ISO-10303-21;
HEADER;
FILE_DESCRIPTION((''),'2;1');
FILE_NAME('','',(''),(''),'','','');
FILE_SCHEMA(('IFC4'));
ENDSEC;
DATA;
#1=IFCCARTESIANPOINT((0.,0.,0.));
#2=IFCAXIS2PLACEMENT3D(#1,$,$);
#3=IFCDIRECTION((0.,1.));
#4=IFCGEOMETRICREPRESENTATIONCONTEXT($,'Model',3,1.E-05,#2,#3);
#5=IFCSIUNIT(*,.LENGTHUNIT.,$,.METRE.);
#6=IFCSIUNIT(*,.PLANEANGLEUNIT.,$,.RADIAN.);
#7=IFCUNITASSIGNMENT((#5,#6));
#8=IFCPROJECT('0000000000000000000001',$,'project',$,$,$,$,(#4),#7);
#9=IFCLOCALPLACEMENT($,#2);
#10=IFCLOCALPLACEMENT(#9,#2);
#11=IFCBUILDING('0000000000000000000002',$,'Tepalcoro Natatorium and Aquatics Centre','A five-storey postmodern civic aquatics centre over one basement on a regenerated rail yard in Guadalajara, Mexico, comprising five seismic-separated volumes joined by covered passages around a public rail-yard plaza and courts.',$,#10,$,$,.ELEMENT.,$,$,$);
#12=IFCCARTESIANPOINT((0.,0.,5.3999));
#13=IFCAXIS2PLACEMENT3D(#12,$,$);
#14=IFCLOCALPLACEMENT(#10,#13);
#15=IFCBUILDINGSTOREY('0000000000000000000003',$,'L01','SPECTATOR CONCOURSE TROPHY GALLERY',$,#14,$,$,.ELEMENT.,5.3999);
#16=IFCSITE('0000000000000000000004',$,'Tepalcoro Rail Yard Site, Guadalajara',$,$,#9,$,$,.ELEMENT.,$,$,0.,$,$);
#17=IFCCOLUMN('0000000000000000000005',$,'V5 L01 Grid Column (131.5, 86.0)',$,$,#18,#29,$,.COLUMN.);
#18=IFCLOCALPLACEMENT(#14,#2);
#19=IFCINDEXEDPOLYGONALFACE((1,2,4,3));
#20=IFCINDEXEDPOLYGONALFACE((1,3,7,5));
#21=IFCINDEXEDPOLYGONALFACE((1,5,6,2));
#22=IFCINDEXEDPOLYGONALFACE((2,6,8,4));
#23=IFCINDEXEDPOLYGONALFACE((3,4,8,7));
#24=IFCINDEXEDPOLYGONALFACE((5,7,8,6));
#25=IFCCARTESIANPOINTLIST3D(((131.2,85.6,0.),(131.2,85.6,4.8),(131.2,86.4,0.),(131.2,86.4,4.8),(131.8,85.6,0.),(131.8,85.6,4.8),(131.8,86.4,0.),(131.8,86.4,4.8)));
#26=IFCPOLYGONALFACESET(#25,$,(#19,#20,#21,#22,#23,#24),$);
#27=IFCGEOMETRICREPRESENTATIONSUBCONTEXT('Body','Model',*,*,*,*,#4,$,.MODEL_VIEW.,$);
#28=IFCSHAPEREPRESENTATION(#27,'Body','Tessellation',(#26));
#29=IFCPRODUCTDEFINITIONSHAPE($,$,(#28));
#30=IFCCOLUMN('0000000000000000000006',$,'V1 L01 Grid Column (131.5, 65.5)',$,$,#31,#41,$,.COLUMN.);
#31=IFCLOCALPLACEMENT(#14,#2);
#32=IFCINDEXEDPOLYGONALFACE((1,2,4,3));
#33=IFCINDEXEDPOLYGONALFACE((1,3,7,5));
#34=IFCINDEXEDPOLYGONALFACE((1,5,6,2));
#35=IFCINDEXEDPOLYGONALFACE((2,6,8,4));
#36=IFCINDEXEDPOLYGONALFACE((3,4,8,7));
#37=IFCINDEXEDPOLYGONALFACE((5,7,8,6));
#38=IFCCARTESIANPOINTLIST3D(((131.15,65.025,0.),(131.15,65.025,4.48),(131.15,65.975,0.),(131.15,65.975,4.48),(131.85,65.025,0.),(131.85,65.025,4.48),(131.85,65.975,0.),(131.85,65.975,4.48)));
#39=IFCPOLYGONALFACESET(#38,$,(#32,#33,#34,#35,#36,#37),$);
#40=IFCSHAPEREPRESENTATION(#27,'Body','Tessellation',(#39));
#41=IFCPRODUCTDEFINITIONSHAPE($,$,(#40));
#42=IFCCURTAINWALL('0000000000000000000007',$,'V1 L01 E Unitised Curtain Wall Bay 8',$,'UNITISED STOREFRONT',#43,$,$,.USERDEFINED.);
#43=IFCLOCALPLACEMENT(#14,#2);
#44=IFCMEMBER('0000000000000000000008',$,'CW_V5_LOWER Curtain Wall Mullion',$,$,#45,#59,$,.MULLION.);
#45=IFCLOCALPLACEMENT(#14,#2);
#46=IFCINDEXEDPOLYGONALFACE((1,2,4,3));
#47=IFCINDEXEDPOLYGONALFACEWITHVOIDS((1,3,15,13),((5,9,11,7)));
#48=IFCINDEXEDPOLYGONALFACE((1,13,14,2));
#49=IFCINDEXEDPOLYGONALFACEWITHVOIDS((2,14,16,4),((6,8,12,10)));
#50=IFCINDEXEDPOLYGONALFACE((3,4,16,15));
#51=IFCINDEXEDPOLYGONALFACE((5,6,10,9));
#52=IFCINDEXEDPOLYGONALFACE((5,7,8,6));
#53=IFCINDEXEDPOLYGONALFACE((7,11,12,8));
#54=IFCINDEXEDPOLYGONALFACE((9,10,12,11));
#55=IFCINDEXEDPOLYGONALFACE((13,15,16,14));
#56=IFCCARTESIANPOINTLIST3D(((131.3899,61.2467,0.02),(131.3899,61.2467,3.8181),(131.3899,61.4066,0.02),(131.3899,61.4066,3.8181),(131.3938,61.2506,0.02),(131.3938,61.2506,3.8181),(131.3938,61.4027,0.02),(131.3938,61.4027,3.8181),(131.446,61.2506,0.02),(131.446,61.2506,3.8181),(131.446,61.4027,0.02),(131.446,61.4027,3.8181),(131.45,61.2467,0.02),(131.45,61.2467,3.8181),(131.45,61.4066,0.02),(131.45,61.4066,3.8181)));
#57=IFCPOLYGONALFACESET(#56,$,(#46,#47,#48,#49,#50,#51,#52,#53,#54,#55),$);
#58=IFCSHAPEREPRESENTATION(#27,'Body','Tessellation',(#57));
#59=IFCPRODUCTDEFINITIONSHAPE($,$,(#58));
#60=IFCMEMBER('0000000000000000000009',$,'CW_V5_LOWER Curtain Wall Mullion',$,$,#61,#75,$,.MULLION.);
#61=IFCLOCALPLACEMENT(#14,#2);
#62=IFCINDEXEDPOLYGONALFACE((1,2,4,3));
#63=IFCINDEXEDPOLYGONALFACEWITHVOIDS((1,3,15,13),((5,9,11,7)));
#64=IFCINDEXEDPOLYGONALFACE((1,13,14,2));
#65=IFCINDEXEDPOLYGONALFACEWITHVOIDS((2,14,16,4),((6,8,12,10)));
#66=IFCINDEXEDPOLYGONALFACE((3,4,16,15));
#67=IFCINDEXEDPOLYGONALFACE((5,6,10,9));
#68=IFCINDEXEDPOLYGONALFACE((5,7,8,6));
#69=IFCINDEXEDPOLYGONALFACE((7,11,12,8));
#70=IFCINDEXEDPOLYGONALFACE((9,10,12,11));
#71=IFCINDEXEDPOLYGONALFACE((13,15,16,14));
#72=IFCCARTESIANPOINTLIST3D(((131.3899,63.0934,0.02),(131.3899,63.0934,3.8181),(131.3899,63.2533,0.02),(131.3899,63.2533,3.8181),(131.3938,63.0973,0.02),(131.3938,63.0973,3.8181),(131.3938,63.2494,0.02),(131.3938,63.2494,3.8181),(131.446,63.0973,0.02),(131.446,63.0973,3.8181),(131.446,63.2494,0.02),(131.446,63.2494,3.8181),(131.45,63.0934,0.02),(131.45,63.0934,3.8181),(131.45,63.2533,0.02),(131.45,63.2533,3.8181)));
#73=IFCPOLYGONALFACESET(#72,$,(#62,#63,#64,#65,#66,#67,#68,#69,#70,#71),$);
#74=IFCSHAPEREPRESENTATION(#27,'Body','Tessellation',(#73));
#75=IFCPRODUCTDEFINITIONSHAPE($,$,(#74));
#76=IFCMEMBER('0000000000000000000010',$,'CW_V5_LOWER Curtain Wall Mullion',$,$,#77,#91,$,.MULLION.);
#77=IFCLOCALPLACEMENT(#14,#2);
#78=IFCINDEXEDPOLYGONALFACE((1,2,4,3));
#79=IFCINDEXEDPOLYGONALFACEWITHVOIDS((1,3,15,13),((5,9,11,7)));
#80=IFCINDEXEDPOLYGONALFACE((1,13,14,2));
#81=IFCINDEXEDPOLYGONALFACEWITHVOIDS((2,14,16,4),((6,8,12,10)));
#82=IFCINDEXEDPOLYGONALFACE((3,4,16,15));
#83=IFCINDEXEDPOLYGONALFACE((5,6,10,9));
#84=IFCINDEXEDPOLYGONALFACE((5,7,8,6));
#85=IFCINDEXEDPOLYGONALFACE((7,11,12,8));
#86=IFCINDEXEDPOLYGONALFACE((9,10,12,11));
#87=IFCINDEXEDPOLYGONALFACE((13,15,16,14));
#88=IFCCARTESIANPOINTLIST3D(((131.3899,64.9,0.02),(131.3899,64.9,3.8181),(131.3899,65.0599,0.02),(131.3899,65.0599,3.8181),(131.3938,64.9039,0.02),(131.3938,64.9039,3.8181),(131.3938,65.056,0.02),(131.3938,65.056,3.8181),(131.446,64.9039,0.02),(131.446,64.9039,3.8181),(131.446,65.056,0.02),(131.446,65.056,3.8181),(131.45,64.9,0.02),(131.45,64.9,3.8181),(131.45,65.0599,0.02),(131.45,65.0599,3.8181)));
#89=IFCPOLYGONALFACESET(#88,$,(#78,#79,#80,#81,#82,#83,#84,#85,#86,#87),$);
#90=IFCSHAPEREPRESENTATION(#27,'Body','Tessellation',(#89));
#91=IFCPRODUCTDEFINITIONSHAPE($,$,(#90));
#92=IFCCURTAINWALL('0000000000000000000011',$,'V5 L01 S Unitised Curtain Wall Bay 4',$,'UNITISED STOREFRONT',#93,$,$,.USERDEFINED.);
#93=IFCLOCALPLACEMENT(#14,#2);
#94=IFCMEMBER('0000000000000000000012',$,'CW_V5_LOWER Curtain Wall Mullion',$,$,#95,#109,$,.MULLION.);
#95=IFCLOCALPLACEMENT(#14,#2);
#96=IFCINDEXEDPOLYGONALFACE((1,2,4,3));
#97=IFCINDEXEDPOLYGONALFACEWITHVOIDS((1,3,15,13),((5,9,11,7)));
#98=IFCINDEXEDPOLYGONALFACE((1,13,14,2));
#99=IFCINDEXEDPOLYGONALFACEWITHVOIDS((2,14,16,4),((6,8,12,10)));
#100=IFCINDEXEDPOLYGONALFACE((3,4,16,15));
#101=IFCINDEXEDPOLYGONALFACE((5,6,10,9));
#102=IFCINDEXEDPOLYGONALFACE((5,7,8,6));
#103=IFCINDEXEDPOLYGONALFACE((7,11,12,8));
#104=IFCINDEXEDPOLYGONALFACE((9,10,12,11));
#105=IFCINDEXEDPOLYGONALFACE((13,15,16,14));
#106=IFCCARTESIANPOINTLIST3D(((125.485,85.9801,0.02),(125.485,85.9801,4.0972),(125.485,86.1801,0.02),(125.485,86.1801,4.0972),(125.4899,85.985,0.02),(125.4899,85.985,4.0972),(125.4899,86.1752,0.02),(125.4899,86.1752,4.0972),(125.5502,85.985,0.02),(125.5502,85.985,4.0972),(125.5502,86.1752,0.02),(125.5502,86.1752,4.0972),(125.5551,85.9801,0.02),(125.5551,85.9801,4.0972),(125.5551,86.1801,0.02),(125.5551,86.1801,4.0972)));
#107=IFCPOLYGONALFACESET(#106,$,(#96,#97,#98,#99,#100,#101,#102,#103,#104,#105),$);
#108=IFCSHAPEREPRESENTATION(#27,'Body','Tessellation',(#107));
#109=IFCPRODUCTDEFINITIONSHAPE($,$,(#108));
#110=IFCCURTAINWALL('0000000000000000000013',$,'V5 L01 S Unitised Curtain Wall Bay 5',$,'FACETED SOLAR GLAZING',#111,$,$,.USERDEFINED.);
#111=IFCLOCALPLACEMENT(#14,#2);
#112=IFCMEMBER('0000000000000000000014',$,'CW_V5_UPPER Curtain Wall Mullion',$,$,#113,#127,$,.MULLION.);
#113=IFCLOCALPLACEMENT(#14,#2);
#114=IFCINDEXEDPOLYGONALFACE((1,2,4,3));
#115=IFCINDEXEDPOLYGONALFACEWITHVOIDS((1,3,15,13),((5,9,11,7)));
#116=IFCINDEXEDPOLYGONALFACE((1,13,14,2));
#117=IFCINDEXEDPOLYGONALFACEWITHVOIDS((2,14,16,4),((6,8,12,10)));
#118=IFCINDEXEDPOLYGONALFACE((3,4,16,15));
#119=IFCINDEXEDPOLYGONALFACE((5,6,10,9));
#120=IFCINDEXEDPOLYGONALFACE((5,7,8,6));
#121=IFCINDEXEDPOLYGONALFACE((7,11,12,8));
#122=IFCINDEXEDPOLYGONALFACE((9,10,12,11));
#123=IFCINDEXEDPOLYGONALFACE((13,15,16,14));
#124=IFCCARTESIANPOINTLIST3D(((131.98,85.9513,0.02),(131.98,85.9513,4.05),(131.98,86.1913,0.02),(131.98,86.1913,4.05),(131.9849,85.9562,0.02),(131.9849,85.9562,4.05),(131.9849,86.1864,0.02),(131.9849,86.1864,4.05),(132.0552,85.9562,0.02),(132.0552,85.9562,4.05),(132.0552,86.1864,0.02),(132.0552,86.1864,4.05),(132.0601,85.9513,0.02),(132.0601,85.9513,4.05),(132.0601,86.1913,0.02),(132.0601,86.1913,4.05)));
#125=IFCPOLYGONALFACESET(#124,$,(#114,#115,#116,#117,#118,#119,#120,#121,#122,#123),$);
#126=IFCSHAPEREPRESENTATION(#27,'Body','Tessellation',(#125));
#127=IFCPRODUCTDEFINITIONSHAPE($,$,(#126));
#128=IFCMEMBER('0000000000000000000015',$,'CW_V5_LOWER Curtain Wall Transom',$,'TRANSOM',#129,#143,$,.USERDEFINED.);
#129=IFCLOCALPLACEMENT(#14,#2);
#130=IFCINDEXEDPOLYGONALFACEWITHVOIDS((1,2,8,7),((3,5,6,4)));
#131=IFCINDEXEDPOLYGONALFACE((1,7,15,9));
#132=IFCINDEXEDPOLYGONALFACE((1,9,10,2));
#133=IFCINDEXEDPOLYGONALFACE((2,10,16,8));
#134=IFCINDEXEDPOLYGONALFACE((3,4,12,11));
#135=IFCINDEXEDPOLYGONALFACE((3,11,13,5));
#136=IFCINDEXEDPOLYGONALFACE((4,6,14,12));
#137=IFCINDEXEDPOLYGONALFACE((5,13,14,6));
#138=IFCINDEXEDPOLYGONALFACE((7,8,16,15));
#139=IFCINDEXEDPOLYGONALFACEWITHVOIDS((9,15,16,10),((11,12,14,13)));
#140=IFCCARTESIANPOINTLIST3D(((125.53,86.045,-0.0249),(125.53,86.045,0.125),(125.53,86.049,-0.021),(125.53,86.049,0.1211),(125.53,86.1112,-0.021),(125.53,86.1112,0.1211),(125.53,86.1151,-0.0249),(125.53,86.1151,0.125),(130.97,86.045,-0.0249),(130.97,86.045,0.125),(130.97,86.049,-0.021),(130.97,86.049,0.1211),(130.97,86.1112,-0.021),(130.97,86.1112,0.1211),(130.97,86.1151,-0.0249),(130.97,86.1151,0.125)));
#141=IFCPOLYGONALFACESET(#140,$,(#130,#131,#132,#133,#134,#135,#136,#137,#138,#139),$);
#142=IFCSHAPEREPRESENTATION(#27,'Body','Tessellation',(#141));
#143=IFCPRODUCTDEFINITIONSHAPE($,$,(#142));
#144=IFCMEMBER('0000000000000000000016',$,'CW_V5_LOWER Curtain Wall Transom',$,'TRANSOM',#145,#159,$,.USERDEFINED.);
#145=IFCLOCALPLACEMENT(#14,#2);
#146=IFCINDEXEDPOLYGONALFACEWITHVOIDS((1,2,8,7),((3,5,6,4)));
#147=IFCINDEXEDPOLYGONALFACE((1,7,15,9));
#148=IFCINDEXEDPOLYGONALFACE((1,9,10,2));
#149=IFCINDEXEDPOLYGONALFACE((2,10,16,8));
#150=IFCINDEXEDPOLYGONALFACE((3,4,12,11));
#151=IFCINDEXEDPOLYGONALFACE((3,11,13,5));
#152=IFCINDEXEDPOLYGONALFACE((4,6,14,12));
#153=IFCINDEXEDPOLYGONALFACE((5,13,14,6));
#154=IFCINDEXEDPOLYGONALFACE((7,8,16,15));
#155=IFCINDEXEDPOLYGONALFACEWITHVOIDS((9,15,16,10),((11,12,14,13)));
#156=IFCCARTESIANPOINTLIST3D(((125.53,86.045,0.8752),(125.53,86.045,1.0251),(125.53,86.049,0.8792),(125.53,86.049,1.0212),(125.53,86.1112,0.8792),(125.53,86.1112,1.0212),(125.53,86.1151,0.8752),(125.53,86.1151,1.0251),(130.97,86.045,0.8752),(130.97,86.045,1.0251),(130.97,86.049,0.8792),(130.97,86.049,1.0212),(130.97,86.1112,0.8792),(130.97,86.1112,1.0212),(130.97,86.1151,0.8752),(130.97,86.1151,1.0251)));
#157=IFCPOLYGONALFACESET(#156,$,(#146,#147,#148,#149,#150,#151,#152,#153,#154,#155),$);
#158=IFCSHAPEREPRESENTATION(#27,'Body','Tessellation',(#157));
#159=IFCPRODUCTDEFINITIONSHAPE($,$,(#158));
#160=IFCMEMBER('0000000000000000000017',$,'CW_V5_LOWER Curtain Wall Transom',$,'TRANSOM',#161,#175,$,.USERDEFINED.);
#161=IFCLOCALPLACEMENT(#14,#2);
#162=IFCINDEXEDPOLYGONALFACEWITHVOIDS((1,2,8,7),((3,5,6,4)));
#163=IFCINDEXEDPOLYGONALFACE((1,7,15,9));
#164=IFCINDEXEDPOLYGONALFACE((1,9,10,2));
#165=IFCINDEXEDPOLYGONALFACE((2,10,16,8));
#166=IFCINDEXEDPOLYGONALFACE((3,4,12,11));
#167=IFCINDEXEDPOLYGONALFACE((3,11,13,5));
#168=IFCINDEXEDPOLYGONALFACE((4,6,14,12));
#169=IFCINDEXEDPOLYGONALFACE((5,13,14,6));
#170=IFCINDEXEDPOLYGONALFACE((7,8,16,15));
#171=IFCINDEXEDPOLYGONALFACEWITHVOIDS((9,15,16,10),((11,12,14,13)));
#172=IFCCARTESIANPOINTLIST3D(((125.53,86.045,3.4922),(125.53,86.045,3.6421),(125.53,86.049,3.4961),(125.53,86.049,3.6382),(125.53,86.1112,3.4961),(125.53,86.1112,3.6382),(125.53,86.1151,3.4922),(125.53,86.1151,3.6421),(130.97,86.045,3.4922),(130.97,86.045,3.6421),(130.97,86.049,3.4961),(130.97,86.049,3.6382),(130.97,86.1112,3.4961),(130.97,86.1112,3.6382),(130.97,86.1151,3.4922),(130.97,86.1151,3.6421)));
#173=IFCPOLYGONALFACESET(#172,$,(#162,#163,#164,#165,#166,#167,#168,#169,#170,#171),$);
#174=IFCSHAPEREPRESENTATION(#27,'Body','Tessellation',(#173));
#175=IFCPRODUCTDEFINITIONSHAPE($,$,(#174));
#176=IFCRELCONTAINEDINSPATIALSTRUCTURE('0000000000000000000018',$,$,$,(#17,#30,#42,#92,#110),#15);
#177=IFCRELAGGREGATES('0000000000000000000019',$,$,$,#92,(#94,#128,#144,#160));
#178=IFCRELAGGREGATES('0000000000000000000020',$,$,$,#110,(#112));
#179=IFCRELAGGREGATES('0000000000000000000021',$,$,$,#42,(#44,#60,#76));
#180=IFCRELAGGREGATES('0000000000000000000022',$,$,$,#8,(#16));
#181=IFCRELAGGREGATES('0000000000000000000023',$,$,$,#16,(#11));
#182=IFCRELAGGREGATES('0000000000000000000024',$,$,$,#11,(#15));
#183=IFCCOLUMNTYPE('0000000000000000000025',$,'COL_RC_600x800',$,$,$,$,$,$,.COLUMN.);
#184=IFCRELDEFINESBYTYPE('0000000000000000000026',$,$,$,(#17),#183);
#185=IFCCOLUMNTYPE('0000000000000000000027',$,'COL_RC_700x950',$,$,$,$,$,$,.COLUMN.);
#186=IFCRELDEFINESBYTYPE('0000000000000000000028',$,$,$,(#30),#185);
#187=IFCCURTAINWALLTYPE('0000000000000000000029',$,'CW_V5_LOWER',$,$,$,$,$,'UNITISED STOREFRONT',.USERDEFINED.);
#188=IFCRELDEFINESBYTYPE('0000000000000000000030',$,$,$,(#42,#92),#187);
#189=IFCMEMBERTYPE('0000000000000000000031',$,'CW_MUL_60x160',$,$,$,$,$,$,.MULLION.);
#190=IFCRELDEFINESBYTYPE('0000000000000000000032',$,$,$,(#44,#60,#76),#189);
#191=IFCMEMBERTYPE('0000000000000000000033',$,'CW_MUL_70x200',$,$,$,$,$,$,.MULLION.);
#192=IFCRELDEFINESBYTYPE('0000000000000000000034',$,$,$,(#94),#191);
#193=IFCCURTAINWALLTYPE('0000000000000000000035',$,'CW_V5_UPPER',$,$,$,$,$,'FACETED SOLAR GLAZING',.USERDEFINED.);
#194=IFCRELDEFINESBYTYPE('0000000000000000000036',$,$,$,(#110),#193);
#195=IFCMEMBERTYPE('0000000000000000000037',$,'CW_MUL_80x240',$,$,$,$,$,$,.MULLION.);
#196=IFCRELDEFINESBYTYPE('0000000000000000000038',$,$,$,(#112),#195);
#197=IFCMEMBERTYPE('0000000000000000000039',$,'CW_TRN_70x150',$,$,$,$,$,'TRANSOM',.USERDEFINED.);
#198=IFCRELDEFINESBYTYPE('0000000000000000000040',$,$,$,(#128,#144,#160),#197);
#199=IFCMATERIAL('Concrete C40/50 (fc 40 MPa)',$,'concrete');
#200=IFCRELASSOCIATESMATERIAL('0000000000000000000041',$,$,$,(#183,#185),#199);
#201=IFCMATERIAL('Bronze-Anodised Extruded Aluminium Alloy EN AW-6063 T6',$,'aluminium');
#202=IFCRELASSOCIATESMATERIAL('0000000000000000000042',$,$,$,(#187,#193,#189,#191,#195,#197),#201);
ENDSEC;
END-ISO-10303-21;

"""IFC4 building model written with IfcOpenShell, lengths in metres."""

from ifc_helpers import new_model, si_unit, direction, frame, origin, origin_2d, place, context, subcontext, project, spatial, rectangle, hollow_rectangle, extrude, material, material_profile, profile_set, type_object, element, aggregate, save


model = new_model("IFC4")

# Units and contexts
model_context = context("Model", 3, precision=1e-05, world=origin(), true_north=direction((0.0, 1.0)))
body_context = subcontext(model_context, "Body", "Model", "MODEL_VIEW")
ifc_project = project(units=[si_unit("LENGTHUNIT", "METRE"), si_unit("PLANEANGLEUNIT", "RADIAN")], contexts=[model_context])

# Site, building, storey
site_placement = place(None, origin())
site = spatial("IfcSite", under=ifc_project, at=site_placement, Name="Tepalcoro Rail Yard Site, Guadalajara", CompositionType="ELEMENT", RefElevation=0.0)
building_placement = place(site_placement, origin())
building = spatial("IfcBuilding", under=site, at=building_placement, Name="Tepalcoro Natatorium and Aquatics Centre", Description="A five-storey postmodern civic aquatics centre over one basement on a regenerated rail yard in Guadalajara, Mexico, comprising five seismic-separated volumes joined by covered passages around a public rail-yard plaza and courts.", CompositionType="ELEMENT")
storey_placement = place(building_placement, frame((0.0, 0.0, 5.3999)))
storey = spatial("IfcBuildingStorey", under=building, at=storey_placement, Name="L01", Description="SPECTATOR CONCOURSE TROPHY GALLERY", CompositionType="ELEMENT", Elevation=5.3999)

# Columns
ifc_material_1 = material(Name="Concrete C40/50 (fc 40 MPa)", Category="concrete")
ifc_material_profile_1 = material_profile(ifc_material_1, rectangle(XDim=0.6001, YDim=0.8, at=origin_2d()), Name="RC600x800")
ifc_profile_set_1 = profile_set([ifc_material_profile_1], Name="Concrete C40/50 (fc 40 MPa)")
column_type_1 = type_object("IfcColumnType", Name="COL_RC_600x800", PredefinedType="COLUMN", material=ifc_profile_set_1)
column_1_placement = place(storey_placement, frame((131.5, 86.0, 0.0), z_axis=(0.0, 0.0, 1.0), x_axis=(1.0, 0.0, 0.0)))
element("IfcColumn", 1, at=column_1_placement, inside=storey, type_object=column_type_1, Name="V5 L01 Grid Column (131.5, 86.0)", PredefinedType="COLUMN", context=body_context, shape_type="SweptSolid", body=[
    extrude(rectangle(XDim=0.6001, YDim=0.8, at=origin_2d()), origin(), (0.0, 0.0, 1.0), 4.8),
])
ifc_material_profile_2 = material_profile(ifc_material_1, rectangle(XDim=0.7, YDim=0.95, at=origin_2d()), Name="RC700x950")
ifc_profile_set_2 = profile_set([ifc_material_profile_2], Name="Concrete C40/50 (fc 40 MPa)")
column_type_2 = type_object("IfcColumnType", Name="COL_RC_700x950", PredefinedType="COLUMN", material=ifc_profile_set_2)
column_2_placement = place(storey_placement, frame((131.5, 65.5, 0.0), z_axis=(0.0, 0.0, 1.0), x_axis=(1.0, 0.0, 0.0)))
element("IfcColumn", 2, at=column_2_placement, inside=storey, type_object=column_type_2, Name="V1 L01 Grid Column (131.5, 65.5)", PredefinedType="COLUMN", context=body_context, shape_type="SweptSolid", body=[
    extrude(rectangle(XDim=0.7, YDim=0.95, at=origin_2d()), origin(), (0.0, 0.0, 1.0), 4.48),
])

# Curtain wall, members
ifc_material_2 = material(Name="Bronze-Anodised Extruded Aluminium Alloy EN AW-6063 T6", Category="aluminium")
curtain_wall_type_1 = type_object("IfcCurtainWallType", Name="CW_V5_LOWER", ElementType="UNITISED STOREFRONT", PredefinedType="USERDEFINED", material=ifc_material_2)
curtain_wall_1_placement = place(storey_placement, origin())
curtain_wall_1 = element("IfcCurtainWall", 3, at=curtain_wall_1_placement, inside=storey, type_object=curtain_wall_type_1, Name="V1 L01 E Unitised Curtain Wall Bay 8", ObjectType="UNITISED STOREFRONT", PredefinedType="USERDEFINED")
ifc_material_profile_3 = material_profile(ifc_material_2, hollow_rectangle(XDim=0.0601, YDim=0.1599, WallThickness=0.0039, at=origin_2d()), Name="AL60X160X4")
ifc_profile_set_3 = profile_set([ifc_material_profile_3], Name="Bronze-Anodised Extruded Aluminium Alloy EN AW-6063 T6")
member_type_1 = type_object("IfcMemberType", Name="CW_MUL_60x160", PredefinedType="MULLION", material=ifc_profile_set_3)
member_1_placement = place(storey_placement, frame((131.4199, 61.3267, 0.02), z_axis=(0.0, 0.0, 1.0), x_axis=(1.0, 0.0, 0.0)))
member_1 = element("IfcMember", 4, at=member_1_placement, type_object=member_type_1, Name="CW_V5_LOWER Curtain Wall Mullion", PredefinedType="MULLION", context=body_context, shape_type="SweptSolid", body=[
    extrude(hollow_rectangle(XDim=0.0601, YDim=0.1599, WallThickness=0.0039, at=origin_2d()), origin(), (0.0, 0.0, 1.0), 3.7981),
])
member_2_placement = place(storey_placement, frame((131.4199, 63.1733, 0.02), z_axis=(0.0, 0.0, 1.0), x_axis=(1.0, 0.0, 0.0)))
member_2 = element("IfcMember", 5, at=member_2_placement, type_object=member_type_1, Name="CW_V5_LOWER Curtain Wall Mullion", PredefinedType="MULLION", context=body_context, shape_type="SweptSolid", body=[
    extrude(hollow_rectangle(XDim=0.0601, YDim=0.1599, WallThickness=0.0039, at=origin_2d()), origin(), (0.0, 0.0, 1.0), 3.7981),
])
member_3_placement = place(storey_placement, frame((131.4199, 64.98, 0.02), z_axis=(0.0, 0.0, 1.0), x_axis=(1.0, 0.0, 0.0)))
member_3 = element("IfcMember", 6, at=member_3_placement, type_object=member_type_1, Name="CW_V5_LOWER Curtain Wall Mullion", PredefinedType="MULLION", context=body_context, shape_type="SweptSolid", body=[
    extrude(hollow_rectangle(XDim=0.0601, YDim=0.1599, WallThickness=0.0039, at=origin_2d()), origin(), (0.0, 0.0, 1.0), 3.7981),
])

# Curtain walls, members
curtain_wall_2_placement = place(storey_placement, origin())
curtain_wall_2 = element("IfcCurtainWall", 7, at=curtain_wall_2_placement, inside=storey, type_object=curtain_wall_type_1, Name="V5 L01 S Unitised Curtain Wall Bay 4", ObjectType="UNITISED STOREFRONT", PredefinedType="USERDEFINED")
ifc_material_profile_4 = material_profile(ifc_material_2, hollow_rectangle(XDim=0.0701, YDim=0.2, WallThickness=0.0049, at=origin_2d()), Name="AL70X200X5")
ifc_profile_set_4 = profile_set([ifc_material_profile_4], Name="Bronze-Anodised Extruded Aluminium Alloy EN AW-6063 T6")
member_type_2 = type_object("IfcMemberType", Name="CW_MUL_70x200", PredefinedType="MULLION", material=ifc_profile_set_4)
member_4_placement = place(storey_placement, frame((125.52, 86.0801, 0.02), z_axis=(0.0, 0.0, 1.0), x_axis=(1.0, 0.0, 0.0)))
member_4 = element("IfcMember", 8, at=member_4_placement, type_object=member_type_2, Name="CW_V5_LOWER Curtain Wall Mullion", PredefinedType="MULLION", context=body_context, shape_type="SweptSolid", body=[
    extrude(hollow_rectangle(XDim=0.0701, YDim=0.2, WallThickness=0.0049, at=origin_2d()), origin(), (0.0, 0.0, 1.0), 4.0771),
])
curtain_wall_type_2 = type_object("IfcCurtainWallType", Name="CW_V5_UPPER", ElementType="FACETED SOLAR GLAZING", PredefinedType="USERDEFINED", material=ifc_material_2)
curtain_wall_3_placement = place(storey_placement, origin())
curtain_wall_3 = element("IfcCurtainWall", 9, at=curtain_wall_3_placement, inside=storey, type_object=curtain_wall_type_2, Name="V5 L01 S Unitised Curtain Wall Bay 5", ObjectType="FACETED SOLAR GLAZING", PredefinedType="USERDEFINED")
ifc_material_profile_5 = material_profile(ifc_material_2, hollow_rectangle(XDim=0.0801, YDim=0.24, WallThickness=0.0049, at=origin_2d()), Name="AL80X240X5")
ifc_profile_set_5 = profile_set([ifc_material_profile_5], Name="Bronze-Anodised Extruded Aluminium Alloy EN AW-6063 T6")
member_type_3 = type_object("IfcMemberType", Name="CW_MUL_80x240", PredefinedType="MULLION", material=ifc_profile_set_5)
member_5_placement = place(storey_placement, frame((132.02, 86.0713, 0.02), z_axis=(0.0, 0.0, 1.0), x_axis=(1.0, 0.0, 0.0)))
member_5 = element("IfcMember", 10, at=member_5_placement, type_object=member_type_3, Name="CW_V5_UPPER Curtain Wall Mullion", PredefinedType="MULLION", context=body_context, shape_type="SweptSolid", body=[
    extrude(hollow_rectangle(XDim=0.0801, YDim=0.24, WallThickness=0.0049, at=origin_2d()), origin(), (0.0, 0.0, 1.0), 4.03),
])

# Members
ifc_material_profile_6 = material_profile(ifc_material_2, hollow_rectangle(XDim=0.0701, YDim=0.1499, WallThickness=0.0039, at=origin_2d()), Name="AL70X150X4")
ifc_profile_set_6 = profile_set([ifc_material_profile_6], Name="Bronze-Anodised Extruded Aluminium Alloy EN AW-6063 T6")
member_type_4 = type_object("IfcMemberType", Name="CW_TRN_70x150", ElementType="TRANSOM", PredefinedType="USERDEFINED", material=ifc_profile_set_6)
member_6_placement = place(storey_placement, frame((125.53, 86.0801, 0.05), z_axis=(1.0, 0.0, 0.0), x_axis=(0.0, 1.0, 0.0)))
member_6 = element("IfcMember", 11, at=member_6_placement, type_object=member_type_4, Name="CW_V5_LOWER Curtain Wall Transom", ObjectType="TRANSOM", PredefinedType="USERDEFINED", context=body_context, shape_type="SweptSolid", body=[
    extrude(hollow_rectangle(XDim=0.0701, YDim=0.1499, WallThickness=0.0039, at=origin_2d()), origin(), (0.0, 0.0, 1.0), 5.4399),
])
member_7_placement = place(storey_placement, frame((125.53, 86.0801, 0.9502), z_axis=(1.0, 0.0, 0.0), x_axis=(0.0, 1.0, 0.0)))
member_7 = element("IfcMember", 12, at=member_7_placement, type_object=member_type_4, Name="CW_V5_LOWER Curtain Wall Transom", ObjectType="TRANSOM", PredefinedType="USERDEFINED", context=body_context, shape_type="SweptSolid", body=[
    extrude(hollow_rectangle(XDim=0.0701, YDim=0.1499, WallThickness=0.0039, at=origin_2d()), origin(), (0.0, 0.0, 1.0), 5.4399),
])
member_8_placement = place(storey_placement, frame((125.53, 86.0801, 3.5671), z_axis=(1.0, 0.0, 0.0), x_axis=(0.0, 1.0, 0.0)))
member_8 = element("IfcMember", 13, at=member_8_placement, type_object=member_type_4, Name="CW_V5_LOWER Curtain Wall Transom", ObjectType="TRANSOM", PredefinedType="USERDEFINED", context=body_context, shape_type="SweptSolid", body=[
    extrude(hollow_rectangle(XDim=0.0701, YDim=0.1499, WallThickness=0.0039, at=origin_2d()), origin(), (0.0, 0.0, 1.0), 5.4399),
])
aggregate(curtain_wall_2, [member_4, member_6, member_7, member_8])

aggregate(curtain_wall_3, [member_5])
aggregate(curtain_wall_1, [member_1, member_2, member_3])

save(model, "model.ifc")
